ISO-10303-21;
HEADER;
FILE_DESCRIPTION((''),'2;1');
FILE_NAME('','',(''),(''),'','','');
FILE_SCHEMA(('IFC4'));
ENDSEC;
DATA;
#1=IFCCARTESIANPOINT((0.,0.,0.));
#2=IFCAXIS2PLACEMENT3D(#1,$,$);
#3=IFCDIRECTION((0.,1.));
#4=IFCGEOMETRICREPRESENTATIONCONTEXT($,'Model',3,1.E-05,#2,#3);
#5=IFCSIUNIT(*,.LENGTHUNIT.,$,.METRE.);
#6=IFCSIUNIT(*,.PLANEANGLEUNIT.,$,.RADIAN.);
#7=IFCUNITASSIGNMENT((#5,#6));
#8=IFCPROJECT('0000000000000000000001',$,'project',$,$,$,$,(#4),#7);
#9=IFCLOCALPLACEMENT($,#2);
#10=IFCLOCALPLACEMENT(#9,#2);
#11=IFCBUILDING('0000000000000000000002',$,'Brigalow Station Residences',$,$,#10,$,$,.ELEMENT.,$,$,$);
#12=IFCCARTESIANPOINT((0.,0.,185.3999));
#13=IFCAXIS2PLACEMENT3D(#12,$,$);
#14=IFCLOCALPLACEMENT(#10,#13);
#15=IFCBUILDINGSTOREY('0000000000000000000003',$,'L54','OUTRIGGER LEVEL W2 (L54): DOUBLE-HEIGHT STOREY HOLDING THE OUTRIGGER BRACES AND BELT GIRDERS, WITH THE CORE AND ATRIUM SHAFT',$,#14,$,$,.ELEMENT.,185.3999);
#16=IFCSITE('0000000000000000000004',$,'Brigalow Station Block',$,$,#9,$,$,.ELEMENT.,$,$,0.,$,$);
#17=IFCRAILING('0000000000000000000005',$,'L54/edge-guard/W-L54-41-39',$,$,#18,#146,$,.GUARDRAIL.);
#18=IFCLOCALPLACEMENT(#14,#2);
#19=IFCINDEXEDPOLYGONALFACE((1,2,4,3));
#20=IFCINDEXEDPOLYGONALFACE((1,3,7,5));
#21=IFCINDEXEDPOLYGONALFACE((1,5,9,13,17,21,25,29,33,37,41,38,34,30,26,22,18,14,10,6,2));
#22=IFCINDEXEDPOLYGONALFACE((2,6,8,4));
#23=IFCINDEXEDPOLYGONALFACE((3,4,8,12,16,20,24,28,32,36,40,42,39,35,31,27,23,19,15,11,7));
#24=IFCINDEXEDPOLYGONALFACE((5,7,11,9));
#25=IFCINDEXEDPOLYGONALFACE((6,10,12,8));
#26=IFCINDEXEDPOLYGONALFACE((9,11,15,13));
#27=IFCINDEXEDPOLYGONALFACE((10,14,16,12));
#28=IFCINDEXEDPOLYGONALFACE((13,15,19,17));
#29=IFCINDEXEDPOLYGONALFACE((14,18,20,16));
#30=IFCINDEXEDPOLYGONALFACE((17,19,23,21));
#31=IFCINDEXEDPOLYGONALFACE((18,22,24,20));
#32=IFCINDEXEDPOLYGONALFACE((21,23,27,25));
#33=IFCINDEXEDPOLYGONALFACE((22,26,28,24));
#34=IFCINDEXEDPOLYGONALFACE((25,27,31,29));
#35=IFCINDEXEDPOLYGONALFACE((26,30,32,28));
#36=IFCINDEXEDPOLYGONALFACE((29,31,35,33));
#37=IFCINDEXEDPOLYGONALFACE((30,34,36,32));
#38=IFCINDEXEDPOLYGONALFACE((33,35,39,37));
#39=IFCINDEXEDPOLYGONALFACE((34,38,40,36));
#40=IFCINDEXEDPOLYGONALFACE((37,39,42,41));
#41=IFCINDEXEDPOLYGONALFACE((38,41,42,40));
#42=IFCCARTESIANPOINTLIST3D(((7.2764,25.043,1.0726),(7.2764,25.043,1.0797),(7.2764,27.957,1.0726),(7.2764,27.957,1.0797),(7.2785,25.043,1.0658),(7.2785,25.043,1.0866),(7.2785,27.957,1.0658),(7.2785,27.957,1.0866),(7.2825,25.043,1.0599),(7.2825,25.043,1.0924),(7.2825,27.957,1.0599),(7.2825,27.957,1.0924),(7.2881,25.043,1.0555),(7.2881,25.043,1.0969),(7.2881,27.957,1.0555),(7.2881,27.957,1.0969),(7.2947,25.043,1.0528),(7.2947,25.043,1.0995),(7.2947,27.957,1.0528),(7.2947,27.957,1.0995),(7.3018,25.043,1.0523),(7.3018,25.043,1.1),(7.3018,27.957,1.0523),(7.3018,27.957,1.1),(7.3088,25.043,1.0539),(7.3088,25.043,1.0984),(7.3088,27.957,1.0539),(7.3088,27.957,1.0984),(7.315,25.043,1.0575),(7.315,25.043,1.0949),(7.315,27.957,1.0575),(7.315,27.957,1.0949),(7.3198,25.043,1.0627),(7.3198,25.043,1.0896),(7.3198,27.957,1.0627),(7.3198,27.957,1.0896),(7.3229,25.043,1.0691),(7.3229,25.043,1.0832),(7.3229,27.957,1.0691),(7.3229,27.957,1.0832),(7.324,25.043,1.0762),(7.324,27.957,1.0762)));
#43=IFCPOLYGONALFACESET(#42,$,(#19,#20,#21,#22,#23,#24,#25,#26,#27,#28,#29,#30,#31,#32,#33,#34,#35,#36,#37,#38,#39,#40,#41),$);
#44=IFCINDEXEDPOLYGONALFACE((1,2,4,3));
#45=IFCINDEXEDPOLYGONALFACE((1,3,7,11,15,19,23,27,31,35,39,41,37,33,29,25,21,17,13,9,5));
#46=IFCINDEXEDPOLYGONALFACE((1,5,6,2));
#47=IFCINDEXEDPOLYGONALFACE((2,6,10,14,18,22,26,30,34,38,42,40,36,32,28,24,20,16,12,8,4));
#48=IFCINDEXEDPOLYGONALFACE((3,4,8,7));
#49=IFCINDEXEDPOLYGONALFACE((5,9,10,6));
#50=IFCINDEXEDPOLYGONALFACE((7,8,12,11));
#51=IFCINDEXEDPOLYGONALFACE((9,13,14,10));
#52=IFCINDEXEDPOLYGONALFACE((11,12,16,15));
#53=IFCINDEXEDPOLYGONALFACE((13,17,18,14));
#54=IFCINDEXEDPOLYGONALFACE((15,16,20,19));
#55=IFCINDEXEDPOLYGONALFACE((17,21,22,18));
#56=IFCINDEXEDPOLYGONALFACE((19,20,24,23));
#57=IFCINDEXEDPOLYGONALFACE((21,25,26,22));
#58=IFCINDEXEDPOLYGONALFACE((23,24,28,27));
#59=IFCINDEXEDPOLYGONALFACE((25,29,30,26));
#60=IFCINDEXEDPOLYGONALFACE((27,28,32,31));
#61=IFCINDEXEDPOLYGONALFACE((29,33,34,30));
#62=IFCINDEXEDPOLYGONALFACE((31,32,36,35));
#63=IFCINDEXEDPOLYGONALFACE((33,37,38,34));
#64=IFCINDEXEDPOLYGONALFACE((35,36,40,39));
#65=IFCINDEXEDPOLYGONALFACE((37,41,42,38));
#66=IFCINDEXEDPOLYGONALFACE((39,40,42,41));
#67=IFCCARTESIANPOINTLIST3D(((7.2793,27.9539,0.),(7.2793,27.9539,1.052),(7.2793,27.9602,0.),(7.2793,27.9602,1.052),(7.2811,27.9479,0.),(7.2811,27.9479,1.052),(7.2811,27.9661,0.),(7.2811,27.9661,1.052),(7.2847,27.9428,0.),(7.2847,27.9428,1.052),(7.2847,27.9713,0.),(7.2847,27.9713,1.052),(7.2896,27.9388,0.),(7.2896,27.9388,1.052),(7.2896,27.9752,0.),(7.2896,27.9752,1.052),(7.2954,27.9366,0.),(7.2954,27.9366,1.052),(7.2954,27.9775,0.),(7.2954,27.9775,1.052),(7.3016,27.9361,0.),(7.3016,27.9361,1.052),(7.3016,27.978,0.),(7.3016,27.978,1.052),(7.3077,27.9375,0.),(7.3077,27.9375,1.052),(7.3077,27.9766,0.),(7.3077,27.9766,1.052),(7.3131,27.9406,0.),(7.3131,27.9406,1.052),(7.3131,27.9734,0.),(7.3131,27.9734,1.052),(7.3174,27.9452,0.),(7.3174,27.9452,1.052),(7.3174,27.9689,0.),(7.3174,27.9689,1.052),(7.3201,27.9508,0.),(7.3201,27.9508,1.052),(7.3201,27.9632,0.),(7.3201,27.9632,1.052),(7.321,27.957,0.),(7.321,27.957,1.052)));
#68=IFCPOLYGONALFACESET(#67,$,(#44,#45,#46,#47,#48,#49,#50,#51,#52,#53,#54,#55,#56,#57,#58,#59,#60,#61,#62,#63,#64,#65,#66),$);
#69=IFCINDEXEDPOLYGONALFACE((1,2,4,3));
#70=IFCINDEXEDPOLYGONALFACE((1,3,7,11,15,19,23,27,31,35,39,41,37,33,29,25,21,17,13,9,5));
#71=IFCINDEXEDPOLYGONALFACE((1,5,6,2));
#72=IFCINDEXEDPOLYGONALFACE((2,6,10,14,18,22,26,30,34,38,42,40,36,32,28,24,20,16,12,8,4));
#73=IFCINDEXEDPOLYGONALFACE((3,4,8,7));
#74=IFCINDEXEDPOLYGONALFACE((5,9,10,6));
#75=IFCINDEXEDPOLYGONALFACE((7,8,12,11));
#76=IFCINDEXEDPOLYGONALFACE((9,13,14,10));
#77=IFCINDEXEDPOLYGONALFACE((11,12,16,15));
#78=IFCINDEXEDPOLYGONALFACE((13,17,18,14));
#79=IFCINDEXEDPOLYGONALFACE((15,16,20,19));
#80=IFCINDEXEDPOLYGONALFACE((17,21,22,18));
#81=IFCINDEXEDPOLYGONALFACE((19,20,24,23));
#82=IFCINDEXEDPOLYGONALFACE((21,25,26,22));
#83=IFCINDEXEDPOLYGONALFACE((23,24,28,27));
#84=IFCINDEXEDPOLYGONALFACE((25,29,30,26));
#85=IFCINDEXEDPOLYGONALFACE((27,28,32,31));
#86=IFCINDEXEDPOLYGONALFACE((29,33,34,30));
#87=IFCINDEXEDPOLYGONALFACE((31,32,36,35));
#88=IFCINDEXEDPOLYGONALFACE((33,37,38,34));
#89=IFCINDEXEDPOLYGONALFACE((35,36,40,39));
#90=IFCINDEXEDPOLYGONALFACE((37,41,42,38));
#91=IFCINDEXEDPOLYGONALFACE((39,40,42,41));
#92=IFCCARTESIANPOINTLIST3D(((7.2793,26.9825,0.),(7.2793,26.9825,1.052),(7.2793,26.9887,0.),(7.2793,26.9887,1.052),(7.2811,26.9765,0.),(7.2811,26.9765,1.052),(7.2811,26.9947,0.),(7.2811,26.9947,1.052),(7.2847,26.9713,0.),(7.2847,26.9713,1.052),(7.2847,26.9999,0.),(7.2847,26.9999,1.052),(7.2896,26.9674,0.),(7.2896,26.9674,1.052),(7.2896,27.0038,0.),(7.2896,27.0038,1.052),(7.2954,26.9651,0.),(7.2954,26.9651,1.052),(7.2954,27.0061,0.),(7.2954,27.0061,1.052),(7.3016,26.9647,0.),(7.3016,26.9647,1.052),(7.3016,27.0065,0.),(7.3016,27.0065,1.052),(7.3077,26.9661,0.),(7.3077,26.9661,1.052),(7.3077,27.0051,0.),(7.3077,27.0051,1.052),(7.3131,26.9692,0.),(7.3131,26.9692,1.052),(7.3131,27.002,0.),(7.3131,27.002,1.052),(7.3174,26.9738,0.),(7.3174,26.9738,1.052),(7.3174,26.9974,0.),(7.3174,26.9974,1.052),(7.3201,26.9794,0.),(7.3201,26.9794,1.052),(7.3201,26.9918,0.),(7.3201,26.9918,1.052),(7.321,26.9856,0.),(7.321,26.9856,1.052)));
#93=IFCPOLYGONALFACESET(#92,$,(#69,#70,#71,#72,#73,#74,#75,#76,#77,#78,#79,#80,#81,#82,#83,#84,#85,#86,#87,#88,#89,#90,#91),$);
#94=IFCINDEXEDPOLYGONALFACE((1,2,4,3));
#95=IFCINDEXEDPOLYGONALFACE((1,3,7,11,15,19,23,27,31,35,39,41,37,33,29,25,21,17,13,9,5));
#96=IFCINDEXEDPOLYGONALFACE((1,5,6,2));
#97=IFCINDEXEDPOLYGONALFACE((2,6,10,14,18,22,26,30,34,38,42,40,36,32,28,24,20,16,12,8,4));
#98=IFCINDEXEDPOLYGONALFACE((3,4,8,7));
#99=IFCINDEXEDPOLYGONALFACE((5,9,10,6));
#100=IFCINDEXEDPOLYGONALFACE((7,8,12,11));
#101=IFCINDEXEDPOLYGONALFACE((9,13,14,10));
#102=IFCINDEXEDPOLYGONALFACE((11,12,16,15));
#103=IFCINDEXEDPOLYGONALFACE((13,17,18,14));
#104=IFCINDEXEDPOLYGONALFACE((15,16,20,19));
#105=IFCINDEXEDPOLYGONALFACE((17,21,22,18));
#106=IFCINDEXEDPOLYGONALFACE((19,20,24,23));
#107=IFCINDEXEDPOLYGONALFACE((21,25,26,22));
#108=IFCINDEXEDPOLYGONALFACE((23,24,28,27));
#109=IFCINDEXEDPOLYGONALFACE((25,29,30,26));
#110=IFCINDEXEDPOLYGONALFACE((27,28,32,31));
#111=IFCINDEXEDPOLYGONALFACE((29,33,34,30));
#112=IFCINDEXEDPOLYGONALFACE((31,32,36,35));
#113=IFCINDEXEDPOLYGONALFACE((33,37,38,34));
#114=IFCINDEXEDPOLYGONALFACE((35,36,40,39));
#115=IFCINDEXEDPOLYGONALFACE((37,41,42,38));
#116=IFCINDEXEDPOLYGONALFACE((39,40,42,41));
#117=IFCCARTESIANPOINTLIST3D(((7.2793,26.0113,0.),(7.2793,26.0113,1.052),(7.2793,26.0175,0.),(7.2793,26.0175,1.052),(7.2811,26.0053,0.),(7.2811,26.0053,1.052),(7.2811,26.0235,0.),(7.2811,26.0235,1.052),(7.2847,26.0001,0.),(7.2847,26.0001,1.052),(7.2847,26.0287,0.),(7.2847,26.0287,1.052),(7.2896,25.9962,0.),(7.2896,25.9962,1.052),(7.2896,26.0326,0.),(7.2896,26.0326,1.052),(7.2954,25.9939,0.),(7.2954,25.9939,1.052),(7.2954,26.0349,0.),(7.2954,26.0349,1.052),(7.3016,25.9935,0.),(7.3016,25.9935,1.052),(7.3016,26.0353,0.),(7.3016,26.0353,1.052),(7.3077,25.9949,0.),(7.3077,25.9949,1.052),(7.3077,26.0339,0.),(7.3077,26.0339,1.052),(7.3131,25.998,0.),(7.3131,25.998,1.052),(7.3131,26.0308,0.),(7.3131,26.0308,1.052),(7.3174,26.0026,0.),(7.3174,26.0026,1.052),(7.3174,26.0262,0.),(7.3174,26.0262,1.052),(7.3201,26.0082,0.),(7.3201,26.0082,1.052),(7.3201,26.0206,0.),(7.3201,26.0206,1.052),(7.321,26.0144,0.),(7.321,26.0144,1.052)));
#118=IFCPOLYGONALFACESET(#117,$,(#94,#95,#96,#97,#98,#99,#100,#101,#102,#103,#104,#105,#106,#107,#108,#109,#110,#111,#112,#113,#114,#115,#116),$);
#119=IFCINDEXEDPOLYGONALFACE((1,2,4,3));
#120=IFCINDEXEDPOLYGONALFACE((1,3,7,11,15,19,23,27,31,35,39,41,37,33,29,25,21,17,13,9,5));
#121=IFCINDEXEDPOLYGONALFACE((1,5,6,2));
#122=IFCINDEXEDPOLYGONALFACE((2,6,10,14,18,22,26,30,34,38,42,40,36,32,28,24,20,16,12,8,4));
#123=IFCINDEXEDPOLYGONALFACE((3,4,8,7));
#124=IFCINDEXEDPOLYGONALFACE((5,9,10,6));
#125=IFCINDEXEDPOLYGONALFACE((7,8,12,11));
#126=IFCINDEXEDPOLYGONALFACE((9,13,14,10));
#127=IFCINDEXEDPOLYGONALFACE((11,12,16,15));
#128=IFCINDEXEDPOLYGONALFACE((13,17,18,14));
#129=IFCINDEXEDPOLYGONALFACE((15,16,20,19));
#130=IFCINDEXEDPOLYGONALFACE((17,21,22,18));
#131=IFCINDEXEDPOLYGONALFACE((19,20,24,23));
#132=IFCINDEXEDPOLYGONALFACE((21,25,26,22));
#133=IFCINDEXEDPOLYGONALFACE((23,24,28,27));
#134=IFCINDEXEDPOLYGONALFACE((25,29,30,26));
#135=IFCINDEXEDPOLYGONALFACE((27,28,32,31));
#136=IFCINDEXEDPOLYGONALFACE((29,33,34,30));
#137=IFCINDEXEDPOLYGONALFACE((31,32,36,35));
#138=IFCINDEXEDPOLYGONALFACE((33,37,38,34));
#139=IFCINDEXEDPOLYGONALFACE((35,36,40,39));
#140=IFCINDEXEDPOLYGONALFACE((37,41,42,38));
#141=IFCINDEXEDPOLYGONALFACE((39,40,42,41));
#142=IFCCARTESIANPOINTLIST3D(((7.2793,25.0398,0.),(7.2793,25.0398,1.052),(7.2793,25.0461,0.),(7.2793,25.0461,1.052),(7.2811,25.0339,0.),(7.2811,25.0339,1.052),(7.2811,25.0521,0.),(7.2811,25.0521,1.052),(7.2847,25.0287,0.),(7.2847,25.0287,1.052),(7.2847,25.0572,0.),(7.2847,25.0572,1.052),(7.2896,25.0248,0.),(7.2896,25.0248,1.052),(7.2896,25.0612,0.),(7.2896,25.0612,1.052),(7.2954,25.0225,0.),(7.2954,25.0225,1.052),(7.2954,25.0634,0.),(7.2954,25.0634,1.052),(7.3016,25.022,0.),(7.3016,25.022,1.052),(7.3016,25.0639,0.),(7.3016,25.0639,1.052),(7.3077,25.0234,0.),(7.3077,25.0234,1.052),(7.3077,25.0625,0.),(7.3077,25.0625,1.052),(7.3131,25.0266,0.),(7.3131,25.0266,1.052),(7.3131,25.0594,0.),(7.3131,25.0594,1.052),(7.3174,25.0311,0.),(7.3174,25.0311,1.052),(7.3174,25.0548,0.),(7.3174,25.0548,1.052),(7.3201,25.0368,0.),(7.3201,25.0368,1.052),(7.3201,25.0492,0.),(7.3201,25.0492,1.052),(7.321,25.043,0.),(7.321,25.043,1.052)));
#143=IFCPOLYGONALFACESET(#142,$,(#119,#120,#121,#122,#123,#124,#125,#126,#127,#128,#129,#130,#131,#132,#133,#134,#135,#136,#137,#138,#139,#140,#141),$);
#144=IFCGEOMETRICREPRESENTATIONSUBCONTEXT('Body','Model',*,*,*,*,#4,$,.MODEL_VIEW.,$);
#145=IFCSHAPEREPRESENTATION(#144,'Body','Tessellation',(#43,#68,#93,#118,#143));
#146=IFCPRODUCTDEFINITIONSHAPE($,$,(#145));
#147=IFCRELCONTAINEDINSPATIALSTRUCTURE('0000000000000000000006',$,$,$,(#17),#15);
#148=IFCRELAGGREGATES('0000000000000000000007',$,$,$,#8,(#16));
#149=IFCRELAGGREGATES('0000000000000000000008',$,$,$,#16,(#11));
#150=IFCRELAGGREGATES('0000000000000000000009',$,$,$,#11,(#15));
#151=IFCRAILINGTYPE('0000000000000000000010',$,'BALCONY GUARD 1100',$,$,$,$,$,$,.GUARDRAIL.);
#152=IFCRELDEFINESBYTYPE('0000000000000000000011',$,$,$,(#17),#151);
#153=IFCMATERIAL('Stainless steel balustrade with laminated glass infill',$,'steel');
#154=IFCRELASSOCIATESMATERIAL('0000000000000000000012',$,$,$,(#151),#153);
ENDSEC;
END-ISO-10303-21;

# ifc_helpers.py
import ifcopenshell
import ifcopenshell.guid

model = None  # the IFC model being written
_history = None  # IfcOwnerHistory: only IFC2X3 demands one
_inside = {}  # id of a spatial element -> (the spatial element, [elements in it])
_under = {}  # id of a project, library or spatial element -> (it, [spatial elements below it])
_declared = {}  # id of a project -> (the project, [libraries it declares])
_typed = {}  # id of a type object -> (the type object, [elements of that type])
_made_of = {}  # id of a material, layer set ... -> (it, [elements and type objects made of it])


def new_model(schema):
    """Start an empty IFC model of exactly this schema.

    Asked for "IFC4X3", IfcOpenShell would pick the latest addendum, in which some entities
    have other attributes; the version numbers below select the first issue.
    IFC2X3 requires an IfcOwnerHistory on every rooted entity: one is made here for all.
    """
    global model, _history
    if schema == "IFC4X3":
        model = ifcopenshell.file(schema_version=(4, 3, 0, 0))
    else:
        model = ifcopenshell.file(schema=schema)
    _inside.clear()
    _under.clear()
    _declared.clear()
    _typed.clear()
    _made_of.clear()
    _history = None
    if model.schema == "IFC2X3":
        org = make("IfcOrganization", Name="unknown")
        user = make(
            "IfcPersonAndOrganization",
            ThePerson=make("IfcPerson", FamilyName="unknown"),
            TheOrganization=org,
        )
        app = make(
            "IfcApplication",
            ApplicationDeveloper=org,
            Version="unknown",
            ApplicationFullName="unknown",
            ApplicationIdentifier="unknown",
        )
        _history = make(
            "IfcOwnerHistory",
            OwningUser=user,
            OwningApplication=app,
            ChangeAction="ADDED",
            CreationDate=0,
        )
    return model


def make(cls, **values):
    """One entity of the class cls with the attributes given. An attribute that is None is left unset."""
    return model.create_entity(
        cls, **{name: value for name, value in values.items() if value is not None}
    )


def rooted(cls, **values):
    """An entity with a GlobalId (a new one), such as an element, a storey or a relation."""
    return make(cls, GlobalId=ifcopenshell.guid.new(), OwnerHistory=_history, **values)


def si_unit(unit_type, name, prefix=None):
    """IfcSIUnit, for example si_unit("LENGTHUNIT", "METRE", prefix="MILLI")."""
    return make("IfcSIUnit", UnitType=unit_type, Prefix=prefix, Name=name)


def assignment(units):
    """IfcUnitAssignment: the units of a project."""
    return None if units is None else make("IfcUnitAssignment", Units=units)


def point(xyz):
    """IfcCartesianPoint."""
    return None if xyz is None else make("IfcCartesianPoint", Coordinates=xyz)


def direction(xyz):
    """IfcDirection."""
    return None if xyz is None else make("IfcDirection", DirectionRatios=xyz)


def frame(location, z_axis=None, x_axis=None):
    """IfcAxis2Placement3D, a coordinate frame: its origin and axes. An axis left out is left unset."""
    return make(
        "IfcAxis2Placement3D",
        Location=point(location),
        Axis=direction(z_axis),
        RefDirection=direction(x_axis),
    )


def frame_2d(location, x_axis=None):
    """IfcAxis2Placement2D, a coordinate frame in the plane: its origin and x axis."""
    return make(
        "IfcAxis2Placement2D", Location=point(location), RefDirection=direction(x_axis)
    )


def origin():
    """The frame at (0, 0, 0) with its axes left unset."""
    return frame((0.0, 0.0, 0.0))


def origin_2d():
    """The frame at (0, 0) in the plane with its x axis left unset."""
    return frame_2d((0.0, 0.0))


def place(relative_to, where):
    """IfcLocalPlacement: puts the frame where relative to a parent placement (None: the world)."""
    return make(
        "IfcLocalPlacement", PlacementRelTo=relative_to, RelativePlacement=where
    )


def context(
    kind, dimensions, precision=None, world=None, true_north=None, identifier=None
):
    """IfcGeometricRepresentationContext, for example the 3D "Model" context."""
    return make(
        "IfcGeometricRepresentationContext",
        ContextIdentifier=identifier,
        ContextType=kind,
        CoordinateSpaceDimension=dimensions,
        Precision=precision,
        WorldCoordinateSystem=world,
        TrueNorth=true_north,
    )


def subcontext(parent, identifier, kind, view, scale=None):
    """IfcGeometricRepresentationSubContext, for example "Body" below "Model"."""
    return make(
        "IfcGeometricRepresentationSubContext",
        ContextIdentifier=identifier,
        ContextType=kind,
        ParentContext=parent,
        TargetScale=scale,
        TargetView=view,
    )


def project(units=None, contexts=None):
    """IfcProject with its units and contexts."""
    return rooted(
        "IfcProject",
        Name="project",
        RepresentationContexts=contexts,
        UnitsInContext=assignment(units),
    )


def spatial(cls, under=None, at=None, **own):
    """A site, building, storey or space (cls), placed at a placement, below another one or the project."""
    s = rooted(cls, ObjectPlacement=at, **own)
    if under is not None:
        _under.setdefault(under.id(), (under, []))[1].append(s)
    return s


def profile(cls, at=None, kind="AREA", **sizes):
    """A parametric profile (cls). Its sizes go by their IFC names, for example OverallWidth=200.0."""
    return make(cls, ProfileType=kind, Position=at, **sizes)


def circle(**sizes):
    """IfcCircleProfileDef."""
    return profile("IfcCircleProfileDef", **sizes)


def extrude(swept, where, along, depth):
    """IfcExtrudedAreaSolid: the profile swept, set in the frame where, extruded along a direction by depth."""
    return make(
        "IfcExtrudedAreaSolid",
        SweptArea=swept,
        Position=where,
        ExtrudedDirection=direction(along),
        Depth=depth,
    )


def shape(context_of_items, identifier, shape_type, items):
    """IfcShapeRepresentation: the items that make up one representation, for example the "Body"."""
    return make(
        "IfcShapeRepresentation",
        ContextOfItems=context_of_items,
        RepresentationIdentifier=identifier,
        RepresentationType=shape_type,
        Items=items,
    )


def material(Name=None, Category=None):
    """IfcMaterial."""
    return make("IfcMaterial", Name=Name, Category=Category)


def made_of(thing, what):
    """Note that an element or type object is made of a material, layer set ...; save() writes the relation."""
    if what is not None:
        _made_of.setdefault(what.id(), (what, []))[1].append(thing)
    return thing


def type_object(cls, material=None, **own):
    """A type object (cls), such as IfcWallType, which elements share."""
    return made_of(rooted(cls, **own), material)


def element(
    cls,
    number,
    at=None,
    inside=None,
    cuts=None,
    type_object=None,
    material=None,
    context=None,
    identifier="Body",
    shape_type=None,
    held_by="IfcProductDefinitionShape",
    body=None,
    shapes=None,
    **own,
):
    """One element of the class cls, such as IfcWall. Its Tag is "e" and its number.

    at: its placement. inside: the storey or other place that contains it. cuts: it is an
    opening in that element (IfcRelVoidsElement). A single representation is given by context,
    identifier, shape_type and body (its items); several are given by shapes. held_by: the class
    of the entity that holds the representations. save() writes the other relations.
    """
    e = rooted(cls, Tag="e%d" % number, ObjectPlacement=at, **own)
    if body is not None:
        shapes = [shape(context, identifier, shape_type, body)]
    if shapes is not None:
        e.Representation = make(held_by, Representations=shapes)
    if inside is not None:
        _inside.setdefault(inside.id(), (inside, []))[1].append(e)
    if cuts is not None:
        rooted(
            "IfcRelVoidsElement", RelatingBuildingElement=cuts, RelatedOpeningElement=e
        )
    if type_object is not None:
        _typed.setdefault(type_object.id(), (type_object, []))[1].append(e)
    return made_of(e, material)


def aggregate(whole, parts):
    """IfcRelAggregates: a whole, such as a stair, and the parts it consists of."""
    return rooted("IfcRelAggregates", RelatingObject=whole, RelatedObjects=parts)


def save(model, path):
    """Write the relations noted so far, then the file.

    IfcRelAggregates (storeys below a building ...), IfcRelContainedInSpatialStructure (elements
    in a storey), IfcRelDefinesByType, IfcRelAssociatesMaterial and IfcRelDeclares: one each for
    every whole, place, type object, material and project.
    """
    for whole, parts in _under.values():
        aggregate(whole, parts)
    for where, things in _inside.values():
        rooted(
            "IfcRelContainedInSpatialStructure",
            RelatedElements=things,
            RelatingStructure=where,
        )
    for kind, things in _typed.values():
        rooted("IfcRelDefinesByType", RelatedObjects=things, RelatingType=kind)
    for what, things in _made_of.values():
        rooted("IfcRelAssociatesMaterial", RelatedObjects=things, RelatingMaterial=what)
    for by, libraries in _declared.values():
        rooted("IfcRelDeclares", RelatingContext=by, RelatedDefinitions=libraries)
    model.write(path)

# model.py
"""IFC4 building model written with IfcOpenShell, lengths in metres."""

from ifc_helpers import new_model, si_unit, direction, frame, origin, origin_2d, place, context, subcontext, project, spatial, circle, extrude, material, type_object, element, save


model = new_model("IFC4")

# Units and contexts
model_context = context("Model", 3, precision=1e-05, world=origin(), true_north=direction((0.0, 1.0)))
body_context = subcontext(model_context, "Body", "Model", "MODEL_VIEW")
ifc_project = project(units=[si_unit("LENGTHUNIT", "METRE"), si_unit("PLANEANGLEUNIT", "RADIAN")], contexts=[model_context])

# Site, building, storey
site_placement = place(None, origin())
site = spatial("IfcSite", under=ifc_project, at=site_placement, Name="Brigalow Station Block", CompositionType="ELEMENT", RefElevation=0.0)
building_placement = place(site_placement, origin())
building = spatial("IfcBuilding", under=site, at=building_placement, Name="Brigalow Station Residences", CompositionType="ELEMENT")
storey_placement = place(building_placement, frame((0.0, 0.0, 185.3999)))
storey = spatial("IfcBuildingStorey", under=building, at=storey_placement, Name="L54", Description="OUTRIGGER LEVEL W2 (L54): DOUBLE-HEIGHT STOREY HOLDING THE OUTRIGGER BRACES AND BELT GIRDERS, WITH THE CORE AND ATRIUM SHAFT", CompositionType="ELEMENT", Elevation=185.3999)

# Railing
ifc_material_1 = material(Name="Stainless steel balustrade with laminated glass infill", Category="steel")
railing_type_1 = type_object("IfcRailingType", Name="BALCONY GUARD 1100", PredefinedType="GUARDRAIL", material=ifc_material_1)
for number, where, name in (
    (1, (7.3, 27.957, 0.0), "L54/edge-guard/W-L54-41-39"),
):
    element("IfcRailing", number, at=place(storey_placement, frame(where)), inside=storey, type_object=railing_type_1, Name=name, PredefinedType="GUARDRAIL", context=body_context, shape_type="SweptSolid", body=[
        extrude(circle(Radius=0.0239, at=origin_2d()), frame((0.0, 0.0, 1.0762), z_axis=(0.0, -1.0, 0.0), x_axis=(1.0, 0.0, 0.0)), (0.0, 0.0, 1.0), 2.9141),
        extrude(circle(Radius=0.021, at=origin_2d()), origin(), (0.0, 0.0, 1.0), 1.052),
        extrude(circle(Radius=0.021, at=origin_2d()), frame((0.0, -0.9714, 0.0)), (0.0, 0.0, 1.0), 1.052),
        extrude(circle(Radius=0.021, at=origin_2d()), frame((0.0, -1.9426, 0.0)), (0.0, 0.0, 1.0), 1.052),
        extrude(circle(Radius=0.021, at=origin_2d()), frame((0.0, -2.9141, 0.0)), (0.0, 0.0, 1.0), 1.052),
    ])

save(model, "model.ifc")
